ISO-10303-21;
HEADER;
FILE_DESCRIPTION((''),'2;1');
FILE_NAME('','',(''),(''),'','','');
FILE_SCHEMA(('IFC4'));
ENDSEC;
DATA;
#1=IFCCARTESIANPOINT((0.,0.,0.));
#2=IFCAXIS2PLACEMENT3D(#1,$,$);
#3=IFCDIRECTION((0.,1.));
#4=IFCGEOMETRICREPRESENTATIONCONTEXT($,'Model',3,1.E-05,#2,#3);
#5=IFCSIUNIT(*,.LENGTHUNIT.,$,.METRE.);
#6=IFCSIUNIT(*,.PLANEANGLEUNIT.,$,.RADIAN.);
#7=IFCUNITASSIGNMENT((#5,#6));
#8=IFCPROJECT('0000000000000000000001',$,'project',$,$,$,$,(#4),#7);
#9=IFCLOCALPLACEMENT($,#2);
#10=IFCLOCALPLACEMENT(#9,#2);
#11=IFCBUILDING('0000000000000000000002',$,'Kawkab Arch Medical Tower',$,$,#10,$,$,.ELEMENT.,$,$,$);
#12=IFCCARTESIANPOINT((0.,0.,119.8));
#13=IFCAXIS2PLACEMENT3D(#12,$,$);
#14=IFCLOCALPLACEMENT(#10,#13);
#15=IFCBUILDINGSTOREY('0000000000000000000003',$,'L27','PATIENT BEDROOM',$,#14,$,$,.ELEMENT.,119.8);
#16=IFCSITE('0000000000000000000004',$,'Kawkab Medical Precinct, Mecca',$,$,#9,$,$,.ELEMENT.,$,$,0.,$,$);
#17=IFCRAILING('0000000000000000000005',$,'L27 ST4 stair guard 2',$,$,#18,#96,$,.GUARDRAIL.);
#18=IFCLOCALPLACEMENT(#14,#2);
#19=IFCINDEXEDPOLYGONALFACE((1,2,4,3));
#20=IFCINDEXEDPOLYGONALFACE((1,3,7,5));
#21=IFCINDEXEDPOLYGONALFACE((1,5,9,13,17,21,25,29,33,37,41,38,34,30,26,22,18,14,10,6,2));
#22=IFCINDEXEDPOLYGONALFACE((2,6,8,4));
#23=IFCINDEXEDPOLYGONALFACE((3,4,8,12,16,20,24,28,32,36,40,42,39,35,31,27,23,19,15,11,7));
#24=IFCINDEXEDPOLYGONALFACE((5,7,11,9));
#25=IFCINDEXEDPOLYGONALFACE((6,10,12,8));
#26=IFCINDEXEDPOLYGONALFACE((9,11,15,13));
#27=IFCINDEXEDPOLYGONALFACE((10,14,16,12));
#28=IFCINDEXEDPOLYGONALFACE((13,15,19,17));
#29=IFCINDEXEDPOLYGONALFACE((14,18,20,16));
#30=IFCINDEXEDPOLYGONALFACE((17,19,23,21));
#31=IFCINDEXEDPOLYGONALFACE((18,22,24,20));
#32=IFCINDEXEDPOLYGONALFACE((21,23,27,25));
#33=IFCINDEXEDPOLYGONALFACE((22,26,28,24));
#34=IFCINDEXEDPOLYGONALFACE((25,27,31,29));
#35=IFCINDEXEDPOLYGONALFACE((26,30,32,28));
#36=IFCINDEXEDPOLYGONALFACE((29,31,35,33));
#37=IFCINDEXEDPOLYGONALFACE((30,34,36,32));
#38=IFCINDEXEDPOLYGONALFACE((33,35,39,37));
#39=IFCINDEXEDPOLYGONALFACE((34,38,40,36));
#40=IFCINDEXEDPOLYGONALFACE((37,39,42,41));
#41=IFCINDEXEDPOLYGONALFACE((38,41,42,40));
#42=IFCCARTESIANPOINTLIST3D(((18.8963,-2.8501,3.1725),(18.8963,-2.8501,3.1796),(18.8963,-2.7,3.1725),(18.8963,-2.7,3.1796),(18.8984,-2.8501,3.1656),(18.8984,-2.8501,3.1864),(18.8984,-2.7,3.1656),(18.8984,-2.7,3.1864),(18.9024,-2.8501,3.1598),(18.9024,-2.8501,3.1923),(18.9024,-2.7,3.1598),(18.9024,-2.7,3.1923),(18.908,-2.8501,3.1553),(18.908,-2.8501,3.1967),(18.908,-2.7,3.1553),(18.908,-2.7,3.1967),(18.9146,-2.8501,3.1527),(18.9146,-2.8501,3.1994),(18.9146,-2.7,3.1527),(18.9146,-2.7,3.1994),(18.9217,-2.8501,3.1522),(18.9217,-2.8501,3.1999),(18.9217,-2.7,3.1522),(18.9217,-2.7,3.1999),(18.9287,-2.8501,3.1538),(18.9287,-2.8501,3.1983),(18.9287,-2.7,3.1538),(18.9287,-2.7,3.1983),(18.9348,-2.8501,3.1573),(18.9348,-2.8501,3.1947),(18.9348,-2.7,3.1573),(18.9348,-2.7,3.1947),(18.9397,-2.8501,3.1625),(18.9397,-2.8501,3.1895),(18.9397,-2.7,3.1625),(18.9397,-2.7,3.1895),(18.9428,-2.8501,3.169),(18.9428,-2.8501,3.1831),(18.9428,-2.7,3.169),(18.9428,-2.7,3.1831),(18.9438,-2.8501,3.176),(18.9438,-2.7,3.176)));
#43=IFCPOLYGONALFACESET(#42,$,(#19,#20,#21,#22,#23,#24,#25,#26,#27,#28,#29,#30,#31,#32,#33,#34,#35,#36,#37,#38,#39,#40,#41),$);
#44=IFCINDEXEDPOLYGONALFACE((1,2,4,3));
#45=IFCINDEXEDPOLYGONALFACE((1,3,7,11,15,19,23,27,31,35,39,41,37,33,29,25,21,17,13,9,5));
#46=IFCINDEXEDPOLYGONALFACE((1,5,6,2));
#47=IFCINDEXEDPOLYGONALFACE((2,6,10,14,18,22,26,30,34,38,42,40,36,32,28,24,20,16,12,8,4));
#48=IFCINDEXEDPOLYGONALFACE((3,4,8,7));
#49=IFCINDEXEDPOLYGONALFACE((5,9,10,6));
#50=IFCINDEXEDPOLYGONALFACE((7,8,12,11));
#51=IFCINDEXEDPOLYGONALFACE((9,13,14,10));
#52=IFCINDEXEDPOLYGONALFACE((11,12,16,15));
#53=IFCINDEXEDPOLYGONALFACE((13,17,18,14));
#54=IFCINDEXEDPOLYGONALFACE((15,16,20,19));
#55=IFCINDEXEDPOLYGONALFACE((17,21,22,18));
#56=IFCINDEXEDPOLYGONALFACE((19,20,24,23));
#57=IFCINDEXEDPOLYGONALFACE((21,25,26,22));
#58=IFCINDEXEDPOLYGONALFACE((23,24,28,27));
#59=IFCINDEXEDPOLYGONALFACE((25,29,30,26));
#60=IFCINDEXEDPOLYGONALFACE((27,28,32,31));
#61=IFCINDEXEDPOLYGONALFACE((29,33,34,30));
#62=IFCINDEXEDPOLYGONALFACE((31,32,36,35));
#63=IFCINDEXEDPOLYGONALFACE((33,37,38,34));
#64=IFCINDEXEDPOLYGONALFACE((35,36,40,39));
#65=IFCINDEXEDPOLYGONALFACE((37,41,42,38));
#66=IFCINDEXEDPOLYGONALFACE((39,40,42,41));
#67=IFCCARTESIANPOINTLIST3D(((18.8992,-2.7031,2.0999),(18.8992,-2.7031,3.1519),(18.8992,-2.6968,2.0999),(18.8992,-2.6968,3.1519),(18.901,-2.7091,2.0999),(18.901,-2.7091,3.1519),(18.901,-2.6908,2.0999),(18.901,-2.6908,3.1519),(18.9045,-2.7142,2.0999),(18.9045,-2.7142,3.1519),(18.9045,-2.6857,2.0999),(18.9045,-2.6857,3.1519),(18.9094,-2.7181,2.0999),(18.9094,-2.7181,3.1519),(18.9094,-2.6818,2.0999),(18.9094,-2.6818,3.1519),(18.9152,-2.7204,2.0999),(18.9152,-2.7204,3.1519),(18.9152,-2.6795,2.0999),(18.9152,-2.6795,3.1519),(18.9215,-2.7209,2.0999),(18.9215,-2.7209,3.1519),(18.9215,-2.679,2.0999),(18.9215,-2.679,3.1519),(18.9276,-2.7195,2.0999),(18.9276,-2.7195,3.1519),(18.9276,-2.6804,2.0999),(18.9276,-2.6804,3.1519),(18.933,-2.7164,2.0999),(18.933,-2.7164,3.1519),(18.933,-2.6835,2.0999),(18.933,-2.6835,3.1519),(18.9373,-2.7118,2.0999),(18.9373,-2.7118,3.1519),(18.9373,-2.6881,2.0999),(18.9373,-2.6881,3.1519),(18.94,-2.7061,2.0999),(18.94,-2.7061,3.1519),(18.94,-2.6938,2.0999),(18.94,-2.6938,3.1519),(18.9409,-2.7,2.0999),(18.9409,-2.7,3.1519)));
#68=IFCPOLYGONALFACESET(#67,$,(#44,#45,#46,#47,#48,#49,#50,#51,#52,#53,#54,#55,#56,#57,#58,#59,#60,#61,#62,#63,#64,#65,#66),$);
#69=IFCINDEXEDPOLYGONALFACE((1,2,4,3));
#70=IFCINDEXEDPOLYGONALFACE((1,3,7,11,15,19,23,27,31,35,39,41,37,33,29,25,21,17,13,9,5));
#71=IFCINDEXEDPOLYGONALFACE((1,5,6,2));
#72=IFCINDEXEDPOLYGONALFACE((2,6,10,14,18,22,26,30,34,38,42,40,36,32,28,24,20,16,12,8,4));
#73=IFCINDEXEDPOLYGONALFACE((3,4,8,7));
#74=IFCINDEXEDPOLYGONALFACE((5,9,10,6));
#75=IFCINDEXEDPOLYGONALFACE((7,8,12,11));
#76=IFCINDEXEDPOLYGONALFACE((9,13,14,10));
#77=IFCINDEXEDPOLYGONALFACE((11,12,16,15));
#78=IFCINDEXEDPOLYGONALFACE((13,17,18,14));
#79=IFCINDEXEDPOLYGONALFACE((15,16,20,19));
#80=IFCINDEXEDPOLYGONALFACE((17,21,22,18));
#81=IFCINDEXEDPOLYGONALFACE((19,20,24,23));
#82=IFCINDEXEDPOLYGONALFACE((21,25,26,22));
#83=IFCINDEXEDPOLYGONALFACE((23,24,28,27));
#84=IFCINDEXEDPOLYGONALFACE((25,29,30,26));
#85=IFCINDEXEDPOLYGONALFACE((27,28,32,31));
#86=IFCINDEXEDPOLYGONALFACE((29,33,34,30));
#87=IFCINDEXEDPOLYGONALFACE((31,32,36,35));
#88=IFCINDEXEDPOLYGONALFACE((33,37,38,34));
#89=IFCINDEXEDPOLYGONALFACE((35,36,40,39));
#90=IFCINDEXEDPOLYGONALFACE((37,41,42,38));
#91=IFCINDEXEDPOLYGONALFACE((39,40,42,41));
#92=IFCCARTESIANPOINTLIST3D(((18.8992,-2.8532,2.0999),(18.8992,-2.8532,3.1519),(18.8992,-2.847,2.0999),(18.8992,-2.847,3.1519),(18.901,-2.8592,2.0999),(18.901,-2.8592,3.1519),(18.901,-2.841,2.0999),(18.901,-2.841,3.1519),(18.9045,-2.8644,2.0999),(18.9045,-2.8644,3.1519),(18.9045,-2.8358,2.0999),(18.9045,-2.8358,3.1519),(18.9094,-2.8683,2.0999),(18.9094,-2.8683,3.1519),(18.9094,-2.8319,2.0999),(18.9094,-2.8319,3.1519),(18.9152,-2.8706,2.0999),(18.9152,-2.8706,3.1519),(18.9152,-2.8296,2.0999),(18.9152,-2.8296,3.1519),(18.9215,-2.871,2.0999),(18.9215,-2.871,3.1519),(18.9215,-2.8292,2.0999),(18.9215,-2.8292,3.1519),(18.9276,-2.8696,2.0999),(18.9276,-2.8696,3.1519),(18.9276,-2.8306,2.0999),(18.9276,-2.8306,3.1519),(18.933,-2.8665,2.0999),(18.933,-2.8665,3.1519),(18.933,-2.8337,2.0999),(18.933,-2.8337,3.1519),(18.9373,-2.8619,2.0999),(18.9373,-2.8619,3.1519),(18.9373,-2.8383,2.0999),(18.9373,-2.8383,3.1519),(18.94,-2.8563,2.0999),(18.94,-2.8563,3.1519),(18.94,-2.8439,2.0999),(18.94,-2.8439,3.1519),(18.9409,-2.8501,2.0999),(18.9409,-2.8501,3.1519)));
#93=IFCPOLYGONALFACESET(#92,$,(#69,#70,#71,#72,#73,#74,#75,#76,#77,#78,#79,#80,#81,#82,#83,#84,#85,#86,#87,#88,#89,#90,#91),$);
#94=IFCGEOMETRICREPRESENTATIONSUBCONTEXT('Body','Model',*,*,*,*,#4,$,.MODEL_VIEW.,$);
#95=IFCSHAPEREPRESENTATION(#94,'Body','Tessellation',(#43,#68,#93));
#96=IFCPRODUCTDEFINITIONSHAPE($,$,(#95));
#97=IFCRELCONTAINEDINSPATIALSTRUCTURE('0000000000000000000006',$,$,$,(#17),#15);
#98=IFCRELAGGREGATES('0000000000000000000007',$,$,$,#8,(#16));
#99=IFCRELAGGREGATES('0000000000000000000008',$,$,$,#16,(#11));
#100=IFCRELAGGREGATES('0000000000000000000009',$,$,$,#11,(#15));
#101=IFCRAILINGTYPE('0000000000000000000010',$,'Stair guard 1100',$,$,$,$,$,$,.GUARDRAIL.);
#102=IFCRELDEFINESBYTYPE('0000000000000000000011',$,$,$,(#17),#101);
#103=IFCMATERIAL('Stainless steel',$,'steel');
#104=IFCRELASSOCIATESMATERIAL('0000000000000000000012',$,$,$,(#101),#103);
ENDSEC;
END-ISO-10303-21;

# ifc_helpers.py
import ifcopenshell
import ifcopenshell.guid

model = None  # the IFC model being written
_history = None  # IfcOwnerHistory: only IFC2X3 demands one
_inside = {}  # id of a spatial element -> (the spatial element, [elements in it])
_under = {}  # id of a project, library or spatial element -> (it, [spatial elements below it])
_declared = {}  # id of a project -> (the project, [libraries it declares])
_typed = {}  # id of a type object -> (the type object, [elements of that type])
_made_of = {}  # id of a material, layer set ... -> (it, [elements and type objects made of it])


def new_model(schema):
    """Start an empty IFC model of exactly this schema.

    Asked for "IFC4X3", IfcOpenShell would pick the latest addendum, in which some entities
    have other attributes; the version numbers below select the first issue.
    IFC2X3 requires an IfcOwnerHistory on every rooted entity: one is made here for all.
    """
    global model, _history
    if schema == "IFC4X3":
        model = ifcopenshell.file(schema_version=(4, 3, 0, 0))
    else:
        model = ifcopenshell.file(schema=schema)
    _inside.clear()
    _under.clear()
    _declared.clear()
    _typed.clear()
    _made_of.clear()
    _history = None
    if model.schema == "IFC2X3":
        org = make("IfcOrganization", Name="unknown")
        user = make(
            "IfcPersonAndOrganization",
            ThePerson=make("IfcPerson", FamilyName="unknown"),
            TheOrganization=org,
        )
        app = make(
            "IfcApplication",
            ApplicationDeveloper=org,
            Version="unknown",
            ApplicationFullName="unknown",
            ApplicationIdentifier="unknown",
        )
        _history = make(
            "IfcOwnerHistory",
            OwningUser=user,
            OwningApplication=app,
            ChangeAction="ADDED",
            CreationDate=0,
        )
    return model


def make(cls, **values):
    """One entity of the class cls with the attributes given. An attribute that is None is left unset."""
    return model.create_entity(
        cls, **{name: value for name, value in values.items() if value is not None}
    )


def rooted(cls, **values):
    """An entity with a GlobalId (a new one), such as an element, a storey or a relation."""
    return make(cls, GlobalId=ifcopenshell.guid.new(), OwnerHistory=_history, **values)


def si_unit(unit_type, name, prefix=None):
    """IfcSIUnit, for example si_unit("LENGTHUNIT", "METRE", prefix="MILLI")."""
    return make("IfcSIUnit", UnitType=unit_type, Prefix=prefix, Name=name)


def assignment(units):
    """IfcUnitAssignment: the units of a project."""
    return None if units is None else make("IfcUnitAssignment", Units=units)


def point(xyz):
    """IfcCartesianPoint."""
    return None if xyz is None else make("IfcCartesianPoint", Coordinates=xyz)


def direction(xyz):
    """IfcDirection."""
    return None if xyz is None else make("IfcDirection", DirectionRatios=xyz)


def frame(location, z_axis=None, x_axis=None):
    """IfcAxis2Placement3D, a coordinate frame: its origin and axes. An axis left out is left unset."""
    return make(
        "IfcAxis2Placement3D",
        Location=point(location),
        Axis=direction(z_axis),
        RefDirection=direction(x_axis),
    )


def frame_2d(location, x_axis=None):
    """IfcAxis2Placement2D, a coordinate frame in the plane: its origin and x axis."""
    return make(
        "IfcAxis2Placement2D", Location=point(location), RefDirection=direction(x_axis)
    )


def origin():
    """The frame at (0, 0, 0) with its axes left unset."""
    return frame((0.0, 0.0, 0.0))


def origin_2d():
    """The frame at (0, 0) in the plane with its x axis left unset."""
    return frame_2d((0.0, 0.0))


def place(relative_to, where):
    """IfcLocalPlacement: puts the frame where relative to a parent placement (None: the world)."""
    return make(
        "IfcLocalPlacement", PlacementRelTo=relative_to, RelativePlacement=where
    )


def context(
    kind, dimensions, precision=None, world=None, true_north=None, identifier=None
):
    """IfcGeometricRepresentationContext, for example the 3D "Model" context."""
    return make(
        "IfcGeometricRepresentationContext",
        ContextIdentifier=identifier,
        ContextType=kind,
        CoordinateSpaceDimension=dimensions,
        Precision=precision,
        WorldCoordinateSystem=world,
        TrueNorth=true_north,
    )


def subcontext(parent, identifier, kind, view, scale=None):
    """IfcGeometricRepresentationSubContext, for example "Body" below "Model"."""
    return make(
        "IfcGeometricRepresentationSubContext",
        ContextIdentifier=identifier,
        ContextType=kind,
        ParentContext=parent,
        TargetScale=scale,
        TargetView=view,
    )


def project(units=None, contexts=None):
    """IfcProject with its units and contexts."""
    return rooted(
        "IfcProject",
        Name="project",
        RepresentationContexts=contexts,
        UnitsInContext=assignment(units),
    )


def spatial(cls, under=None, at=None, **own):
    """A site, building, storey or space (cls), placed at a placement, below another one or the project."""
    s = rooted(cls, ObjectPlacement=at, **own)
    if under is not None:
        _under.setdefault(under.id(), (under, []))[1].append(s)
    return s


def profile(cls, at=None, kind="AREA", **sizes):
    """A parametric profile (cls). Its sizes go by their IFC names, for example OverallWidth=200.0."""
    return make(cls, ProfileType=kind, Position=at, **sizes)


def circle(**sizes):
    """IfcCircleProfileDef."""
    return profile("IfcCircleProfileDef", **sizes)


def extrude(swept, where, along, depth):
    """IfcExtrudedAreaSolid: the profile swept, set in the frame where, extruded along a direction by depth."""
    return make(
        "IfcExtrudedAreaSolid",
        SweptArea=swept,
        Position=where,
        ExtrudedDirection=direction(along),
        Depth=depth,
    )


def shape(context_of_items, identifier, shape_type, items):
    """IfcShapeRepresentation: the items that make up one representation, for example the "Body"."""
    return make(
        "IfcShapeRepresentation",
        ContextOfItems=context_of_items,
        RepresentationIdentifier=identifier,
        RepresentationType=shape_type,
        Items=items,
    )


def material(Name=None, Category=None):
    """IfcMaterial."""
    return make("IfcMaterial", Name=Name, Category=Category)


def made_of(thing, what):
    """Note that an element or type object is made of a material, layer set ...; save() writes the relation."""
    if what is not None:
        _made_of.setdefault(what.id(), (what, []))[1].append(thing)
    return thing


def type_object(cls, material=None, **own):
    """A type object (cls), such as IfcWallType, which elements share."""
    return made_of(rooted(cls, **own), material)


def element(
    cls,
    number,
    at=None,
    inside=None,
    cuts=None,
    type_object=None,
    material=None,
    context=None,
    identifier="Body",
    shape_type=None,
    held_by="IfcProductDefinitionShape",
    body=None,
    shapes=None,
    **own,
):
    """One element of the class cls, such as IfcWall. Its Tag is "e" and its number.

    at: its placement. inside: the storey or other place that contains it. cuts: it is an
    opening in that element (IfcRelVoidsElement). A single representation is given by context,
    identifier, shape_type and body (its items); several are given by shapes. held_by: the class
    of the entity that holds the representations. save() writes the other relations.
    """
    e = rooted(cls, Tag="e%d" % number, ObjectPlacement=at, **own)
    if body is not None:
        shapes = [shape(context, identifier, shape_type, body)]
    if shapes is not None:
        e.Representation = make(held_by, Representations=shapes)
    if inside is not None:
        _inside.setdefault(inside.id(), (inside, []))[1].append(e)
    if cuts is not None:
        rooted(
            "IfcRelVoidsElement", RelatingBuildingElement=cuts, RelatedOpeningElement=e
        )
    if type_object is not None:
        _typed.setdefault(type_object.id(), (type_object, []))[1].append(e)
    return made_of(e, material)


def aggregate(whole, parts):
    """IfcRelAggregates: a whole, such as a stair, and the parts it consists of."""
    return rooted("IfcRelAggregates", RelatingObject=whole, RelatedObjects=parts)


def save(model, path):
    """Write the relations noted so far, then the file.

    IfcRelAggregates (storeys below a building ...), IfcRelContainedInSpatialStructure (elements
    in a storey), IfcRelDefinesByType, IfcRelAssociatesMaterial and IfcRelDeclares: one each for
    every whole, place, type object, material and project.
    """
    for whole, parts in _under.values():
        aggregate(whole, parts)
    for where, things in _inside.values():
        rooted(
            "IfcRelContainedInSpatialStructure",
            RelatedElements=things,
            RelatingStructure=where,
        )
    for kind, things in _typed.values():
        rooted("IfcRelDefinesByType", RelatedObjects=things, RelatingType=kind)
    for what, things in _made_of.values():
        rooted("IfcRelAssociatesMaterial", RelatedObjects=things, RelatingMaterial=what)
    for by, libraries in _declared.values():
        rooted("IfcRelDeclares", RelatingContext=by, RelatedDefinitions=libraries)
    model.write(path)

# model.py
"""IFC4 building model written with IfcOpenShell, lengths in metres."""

from ifc_helpers import new_model, si_unit, direction, frame, origin, origin_2d, place, context, subcontext, project, spatial, circle, extrude, material, type_object, element, save


model = new_model("IFC4")

# Units and contexts
model_context = context("Model", 3, precision=1e-05, world=origin(), true_north=direction((0.0, 1.0)))
body_context = subcontext(model_context, "Body", "Model", "MODEL_VIEW")
ifc_project = project(units=[si_unit("LENGTHUNIT", "METRE"), si_unit("PLANEANGLEUNIT", "RADIAN")], contexts=[model_context])

# Site, building, storey
site_placement = place(None, origin())
site = spatial("IfcSite", under=ifc_project, at=site_placement, Name="Kawkab Medical Precinct, Mecca", CompositionType="ELEMENT", RefElevation=0.0)
building_placement = place(site_placement, origin())
building = spatial("IfcBuilding", under=site, at=building_placement, Name="Kawkab Arch Medical Tower", CompositionType="ELEMENT")
storey_placement = place(building_placement, frame((0.0, 0.0, 119.8)))
storey = spatial("IfcBuildingStorey", under=building, at=storey_placement, Name="L27", Description="PATIENT BEDROOM", CompositionType="ELEMENT", Elevation=119.8)

# Railing
ifc_material_1 = material(Name="Stainless steel", Category="steel")
railing_type_1 = type_object("IfcRailingType", Name="Stair guard 1100", PredefinedType="GUARDRAIL", material=ifc_material_1)
railing_1_placement = place(storey_placement, frame((18.9199, -2.7, 2.0999)))
element("IfcRailing", 1, at=railing_1_placement, inside=storey, type_object=railing_type_1, Name="L27 ST4 stair guard 2", PredefinedType="GUARDRAIL", context=body_context, shape_type="SweptSolid", body=[
    extrude(circle(Radius=0.0239, at=origin_2d()), frame((0.0, 0.0, 1.0762), z_axis=(0.0, -1.0, 0.0), x_axis=(1.0, 0.0, 0.0)), (0.0, 0.0, 1.0), 0.1501),
    extrude(circle(Radius=0.021, at=origin_2d()), origin(), (0.0, 0.0, 1.0), 1.052),
    extrude(circle(Radius=0.021, at=origin_2d()), frame((0.0, -0.1501, 0.0)), (0.0, 0.0, 1.0), 1.052),
])

save(model, "model.ifc")
